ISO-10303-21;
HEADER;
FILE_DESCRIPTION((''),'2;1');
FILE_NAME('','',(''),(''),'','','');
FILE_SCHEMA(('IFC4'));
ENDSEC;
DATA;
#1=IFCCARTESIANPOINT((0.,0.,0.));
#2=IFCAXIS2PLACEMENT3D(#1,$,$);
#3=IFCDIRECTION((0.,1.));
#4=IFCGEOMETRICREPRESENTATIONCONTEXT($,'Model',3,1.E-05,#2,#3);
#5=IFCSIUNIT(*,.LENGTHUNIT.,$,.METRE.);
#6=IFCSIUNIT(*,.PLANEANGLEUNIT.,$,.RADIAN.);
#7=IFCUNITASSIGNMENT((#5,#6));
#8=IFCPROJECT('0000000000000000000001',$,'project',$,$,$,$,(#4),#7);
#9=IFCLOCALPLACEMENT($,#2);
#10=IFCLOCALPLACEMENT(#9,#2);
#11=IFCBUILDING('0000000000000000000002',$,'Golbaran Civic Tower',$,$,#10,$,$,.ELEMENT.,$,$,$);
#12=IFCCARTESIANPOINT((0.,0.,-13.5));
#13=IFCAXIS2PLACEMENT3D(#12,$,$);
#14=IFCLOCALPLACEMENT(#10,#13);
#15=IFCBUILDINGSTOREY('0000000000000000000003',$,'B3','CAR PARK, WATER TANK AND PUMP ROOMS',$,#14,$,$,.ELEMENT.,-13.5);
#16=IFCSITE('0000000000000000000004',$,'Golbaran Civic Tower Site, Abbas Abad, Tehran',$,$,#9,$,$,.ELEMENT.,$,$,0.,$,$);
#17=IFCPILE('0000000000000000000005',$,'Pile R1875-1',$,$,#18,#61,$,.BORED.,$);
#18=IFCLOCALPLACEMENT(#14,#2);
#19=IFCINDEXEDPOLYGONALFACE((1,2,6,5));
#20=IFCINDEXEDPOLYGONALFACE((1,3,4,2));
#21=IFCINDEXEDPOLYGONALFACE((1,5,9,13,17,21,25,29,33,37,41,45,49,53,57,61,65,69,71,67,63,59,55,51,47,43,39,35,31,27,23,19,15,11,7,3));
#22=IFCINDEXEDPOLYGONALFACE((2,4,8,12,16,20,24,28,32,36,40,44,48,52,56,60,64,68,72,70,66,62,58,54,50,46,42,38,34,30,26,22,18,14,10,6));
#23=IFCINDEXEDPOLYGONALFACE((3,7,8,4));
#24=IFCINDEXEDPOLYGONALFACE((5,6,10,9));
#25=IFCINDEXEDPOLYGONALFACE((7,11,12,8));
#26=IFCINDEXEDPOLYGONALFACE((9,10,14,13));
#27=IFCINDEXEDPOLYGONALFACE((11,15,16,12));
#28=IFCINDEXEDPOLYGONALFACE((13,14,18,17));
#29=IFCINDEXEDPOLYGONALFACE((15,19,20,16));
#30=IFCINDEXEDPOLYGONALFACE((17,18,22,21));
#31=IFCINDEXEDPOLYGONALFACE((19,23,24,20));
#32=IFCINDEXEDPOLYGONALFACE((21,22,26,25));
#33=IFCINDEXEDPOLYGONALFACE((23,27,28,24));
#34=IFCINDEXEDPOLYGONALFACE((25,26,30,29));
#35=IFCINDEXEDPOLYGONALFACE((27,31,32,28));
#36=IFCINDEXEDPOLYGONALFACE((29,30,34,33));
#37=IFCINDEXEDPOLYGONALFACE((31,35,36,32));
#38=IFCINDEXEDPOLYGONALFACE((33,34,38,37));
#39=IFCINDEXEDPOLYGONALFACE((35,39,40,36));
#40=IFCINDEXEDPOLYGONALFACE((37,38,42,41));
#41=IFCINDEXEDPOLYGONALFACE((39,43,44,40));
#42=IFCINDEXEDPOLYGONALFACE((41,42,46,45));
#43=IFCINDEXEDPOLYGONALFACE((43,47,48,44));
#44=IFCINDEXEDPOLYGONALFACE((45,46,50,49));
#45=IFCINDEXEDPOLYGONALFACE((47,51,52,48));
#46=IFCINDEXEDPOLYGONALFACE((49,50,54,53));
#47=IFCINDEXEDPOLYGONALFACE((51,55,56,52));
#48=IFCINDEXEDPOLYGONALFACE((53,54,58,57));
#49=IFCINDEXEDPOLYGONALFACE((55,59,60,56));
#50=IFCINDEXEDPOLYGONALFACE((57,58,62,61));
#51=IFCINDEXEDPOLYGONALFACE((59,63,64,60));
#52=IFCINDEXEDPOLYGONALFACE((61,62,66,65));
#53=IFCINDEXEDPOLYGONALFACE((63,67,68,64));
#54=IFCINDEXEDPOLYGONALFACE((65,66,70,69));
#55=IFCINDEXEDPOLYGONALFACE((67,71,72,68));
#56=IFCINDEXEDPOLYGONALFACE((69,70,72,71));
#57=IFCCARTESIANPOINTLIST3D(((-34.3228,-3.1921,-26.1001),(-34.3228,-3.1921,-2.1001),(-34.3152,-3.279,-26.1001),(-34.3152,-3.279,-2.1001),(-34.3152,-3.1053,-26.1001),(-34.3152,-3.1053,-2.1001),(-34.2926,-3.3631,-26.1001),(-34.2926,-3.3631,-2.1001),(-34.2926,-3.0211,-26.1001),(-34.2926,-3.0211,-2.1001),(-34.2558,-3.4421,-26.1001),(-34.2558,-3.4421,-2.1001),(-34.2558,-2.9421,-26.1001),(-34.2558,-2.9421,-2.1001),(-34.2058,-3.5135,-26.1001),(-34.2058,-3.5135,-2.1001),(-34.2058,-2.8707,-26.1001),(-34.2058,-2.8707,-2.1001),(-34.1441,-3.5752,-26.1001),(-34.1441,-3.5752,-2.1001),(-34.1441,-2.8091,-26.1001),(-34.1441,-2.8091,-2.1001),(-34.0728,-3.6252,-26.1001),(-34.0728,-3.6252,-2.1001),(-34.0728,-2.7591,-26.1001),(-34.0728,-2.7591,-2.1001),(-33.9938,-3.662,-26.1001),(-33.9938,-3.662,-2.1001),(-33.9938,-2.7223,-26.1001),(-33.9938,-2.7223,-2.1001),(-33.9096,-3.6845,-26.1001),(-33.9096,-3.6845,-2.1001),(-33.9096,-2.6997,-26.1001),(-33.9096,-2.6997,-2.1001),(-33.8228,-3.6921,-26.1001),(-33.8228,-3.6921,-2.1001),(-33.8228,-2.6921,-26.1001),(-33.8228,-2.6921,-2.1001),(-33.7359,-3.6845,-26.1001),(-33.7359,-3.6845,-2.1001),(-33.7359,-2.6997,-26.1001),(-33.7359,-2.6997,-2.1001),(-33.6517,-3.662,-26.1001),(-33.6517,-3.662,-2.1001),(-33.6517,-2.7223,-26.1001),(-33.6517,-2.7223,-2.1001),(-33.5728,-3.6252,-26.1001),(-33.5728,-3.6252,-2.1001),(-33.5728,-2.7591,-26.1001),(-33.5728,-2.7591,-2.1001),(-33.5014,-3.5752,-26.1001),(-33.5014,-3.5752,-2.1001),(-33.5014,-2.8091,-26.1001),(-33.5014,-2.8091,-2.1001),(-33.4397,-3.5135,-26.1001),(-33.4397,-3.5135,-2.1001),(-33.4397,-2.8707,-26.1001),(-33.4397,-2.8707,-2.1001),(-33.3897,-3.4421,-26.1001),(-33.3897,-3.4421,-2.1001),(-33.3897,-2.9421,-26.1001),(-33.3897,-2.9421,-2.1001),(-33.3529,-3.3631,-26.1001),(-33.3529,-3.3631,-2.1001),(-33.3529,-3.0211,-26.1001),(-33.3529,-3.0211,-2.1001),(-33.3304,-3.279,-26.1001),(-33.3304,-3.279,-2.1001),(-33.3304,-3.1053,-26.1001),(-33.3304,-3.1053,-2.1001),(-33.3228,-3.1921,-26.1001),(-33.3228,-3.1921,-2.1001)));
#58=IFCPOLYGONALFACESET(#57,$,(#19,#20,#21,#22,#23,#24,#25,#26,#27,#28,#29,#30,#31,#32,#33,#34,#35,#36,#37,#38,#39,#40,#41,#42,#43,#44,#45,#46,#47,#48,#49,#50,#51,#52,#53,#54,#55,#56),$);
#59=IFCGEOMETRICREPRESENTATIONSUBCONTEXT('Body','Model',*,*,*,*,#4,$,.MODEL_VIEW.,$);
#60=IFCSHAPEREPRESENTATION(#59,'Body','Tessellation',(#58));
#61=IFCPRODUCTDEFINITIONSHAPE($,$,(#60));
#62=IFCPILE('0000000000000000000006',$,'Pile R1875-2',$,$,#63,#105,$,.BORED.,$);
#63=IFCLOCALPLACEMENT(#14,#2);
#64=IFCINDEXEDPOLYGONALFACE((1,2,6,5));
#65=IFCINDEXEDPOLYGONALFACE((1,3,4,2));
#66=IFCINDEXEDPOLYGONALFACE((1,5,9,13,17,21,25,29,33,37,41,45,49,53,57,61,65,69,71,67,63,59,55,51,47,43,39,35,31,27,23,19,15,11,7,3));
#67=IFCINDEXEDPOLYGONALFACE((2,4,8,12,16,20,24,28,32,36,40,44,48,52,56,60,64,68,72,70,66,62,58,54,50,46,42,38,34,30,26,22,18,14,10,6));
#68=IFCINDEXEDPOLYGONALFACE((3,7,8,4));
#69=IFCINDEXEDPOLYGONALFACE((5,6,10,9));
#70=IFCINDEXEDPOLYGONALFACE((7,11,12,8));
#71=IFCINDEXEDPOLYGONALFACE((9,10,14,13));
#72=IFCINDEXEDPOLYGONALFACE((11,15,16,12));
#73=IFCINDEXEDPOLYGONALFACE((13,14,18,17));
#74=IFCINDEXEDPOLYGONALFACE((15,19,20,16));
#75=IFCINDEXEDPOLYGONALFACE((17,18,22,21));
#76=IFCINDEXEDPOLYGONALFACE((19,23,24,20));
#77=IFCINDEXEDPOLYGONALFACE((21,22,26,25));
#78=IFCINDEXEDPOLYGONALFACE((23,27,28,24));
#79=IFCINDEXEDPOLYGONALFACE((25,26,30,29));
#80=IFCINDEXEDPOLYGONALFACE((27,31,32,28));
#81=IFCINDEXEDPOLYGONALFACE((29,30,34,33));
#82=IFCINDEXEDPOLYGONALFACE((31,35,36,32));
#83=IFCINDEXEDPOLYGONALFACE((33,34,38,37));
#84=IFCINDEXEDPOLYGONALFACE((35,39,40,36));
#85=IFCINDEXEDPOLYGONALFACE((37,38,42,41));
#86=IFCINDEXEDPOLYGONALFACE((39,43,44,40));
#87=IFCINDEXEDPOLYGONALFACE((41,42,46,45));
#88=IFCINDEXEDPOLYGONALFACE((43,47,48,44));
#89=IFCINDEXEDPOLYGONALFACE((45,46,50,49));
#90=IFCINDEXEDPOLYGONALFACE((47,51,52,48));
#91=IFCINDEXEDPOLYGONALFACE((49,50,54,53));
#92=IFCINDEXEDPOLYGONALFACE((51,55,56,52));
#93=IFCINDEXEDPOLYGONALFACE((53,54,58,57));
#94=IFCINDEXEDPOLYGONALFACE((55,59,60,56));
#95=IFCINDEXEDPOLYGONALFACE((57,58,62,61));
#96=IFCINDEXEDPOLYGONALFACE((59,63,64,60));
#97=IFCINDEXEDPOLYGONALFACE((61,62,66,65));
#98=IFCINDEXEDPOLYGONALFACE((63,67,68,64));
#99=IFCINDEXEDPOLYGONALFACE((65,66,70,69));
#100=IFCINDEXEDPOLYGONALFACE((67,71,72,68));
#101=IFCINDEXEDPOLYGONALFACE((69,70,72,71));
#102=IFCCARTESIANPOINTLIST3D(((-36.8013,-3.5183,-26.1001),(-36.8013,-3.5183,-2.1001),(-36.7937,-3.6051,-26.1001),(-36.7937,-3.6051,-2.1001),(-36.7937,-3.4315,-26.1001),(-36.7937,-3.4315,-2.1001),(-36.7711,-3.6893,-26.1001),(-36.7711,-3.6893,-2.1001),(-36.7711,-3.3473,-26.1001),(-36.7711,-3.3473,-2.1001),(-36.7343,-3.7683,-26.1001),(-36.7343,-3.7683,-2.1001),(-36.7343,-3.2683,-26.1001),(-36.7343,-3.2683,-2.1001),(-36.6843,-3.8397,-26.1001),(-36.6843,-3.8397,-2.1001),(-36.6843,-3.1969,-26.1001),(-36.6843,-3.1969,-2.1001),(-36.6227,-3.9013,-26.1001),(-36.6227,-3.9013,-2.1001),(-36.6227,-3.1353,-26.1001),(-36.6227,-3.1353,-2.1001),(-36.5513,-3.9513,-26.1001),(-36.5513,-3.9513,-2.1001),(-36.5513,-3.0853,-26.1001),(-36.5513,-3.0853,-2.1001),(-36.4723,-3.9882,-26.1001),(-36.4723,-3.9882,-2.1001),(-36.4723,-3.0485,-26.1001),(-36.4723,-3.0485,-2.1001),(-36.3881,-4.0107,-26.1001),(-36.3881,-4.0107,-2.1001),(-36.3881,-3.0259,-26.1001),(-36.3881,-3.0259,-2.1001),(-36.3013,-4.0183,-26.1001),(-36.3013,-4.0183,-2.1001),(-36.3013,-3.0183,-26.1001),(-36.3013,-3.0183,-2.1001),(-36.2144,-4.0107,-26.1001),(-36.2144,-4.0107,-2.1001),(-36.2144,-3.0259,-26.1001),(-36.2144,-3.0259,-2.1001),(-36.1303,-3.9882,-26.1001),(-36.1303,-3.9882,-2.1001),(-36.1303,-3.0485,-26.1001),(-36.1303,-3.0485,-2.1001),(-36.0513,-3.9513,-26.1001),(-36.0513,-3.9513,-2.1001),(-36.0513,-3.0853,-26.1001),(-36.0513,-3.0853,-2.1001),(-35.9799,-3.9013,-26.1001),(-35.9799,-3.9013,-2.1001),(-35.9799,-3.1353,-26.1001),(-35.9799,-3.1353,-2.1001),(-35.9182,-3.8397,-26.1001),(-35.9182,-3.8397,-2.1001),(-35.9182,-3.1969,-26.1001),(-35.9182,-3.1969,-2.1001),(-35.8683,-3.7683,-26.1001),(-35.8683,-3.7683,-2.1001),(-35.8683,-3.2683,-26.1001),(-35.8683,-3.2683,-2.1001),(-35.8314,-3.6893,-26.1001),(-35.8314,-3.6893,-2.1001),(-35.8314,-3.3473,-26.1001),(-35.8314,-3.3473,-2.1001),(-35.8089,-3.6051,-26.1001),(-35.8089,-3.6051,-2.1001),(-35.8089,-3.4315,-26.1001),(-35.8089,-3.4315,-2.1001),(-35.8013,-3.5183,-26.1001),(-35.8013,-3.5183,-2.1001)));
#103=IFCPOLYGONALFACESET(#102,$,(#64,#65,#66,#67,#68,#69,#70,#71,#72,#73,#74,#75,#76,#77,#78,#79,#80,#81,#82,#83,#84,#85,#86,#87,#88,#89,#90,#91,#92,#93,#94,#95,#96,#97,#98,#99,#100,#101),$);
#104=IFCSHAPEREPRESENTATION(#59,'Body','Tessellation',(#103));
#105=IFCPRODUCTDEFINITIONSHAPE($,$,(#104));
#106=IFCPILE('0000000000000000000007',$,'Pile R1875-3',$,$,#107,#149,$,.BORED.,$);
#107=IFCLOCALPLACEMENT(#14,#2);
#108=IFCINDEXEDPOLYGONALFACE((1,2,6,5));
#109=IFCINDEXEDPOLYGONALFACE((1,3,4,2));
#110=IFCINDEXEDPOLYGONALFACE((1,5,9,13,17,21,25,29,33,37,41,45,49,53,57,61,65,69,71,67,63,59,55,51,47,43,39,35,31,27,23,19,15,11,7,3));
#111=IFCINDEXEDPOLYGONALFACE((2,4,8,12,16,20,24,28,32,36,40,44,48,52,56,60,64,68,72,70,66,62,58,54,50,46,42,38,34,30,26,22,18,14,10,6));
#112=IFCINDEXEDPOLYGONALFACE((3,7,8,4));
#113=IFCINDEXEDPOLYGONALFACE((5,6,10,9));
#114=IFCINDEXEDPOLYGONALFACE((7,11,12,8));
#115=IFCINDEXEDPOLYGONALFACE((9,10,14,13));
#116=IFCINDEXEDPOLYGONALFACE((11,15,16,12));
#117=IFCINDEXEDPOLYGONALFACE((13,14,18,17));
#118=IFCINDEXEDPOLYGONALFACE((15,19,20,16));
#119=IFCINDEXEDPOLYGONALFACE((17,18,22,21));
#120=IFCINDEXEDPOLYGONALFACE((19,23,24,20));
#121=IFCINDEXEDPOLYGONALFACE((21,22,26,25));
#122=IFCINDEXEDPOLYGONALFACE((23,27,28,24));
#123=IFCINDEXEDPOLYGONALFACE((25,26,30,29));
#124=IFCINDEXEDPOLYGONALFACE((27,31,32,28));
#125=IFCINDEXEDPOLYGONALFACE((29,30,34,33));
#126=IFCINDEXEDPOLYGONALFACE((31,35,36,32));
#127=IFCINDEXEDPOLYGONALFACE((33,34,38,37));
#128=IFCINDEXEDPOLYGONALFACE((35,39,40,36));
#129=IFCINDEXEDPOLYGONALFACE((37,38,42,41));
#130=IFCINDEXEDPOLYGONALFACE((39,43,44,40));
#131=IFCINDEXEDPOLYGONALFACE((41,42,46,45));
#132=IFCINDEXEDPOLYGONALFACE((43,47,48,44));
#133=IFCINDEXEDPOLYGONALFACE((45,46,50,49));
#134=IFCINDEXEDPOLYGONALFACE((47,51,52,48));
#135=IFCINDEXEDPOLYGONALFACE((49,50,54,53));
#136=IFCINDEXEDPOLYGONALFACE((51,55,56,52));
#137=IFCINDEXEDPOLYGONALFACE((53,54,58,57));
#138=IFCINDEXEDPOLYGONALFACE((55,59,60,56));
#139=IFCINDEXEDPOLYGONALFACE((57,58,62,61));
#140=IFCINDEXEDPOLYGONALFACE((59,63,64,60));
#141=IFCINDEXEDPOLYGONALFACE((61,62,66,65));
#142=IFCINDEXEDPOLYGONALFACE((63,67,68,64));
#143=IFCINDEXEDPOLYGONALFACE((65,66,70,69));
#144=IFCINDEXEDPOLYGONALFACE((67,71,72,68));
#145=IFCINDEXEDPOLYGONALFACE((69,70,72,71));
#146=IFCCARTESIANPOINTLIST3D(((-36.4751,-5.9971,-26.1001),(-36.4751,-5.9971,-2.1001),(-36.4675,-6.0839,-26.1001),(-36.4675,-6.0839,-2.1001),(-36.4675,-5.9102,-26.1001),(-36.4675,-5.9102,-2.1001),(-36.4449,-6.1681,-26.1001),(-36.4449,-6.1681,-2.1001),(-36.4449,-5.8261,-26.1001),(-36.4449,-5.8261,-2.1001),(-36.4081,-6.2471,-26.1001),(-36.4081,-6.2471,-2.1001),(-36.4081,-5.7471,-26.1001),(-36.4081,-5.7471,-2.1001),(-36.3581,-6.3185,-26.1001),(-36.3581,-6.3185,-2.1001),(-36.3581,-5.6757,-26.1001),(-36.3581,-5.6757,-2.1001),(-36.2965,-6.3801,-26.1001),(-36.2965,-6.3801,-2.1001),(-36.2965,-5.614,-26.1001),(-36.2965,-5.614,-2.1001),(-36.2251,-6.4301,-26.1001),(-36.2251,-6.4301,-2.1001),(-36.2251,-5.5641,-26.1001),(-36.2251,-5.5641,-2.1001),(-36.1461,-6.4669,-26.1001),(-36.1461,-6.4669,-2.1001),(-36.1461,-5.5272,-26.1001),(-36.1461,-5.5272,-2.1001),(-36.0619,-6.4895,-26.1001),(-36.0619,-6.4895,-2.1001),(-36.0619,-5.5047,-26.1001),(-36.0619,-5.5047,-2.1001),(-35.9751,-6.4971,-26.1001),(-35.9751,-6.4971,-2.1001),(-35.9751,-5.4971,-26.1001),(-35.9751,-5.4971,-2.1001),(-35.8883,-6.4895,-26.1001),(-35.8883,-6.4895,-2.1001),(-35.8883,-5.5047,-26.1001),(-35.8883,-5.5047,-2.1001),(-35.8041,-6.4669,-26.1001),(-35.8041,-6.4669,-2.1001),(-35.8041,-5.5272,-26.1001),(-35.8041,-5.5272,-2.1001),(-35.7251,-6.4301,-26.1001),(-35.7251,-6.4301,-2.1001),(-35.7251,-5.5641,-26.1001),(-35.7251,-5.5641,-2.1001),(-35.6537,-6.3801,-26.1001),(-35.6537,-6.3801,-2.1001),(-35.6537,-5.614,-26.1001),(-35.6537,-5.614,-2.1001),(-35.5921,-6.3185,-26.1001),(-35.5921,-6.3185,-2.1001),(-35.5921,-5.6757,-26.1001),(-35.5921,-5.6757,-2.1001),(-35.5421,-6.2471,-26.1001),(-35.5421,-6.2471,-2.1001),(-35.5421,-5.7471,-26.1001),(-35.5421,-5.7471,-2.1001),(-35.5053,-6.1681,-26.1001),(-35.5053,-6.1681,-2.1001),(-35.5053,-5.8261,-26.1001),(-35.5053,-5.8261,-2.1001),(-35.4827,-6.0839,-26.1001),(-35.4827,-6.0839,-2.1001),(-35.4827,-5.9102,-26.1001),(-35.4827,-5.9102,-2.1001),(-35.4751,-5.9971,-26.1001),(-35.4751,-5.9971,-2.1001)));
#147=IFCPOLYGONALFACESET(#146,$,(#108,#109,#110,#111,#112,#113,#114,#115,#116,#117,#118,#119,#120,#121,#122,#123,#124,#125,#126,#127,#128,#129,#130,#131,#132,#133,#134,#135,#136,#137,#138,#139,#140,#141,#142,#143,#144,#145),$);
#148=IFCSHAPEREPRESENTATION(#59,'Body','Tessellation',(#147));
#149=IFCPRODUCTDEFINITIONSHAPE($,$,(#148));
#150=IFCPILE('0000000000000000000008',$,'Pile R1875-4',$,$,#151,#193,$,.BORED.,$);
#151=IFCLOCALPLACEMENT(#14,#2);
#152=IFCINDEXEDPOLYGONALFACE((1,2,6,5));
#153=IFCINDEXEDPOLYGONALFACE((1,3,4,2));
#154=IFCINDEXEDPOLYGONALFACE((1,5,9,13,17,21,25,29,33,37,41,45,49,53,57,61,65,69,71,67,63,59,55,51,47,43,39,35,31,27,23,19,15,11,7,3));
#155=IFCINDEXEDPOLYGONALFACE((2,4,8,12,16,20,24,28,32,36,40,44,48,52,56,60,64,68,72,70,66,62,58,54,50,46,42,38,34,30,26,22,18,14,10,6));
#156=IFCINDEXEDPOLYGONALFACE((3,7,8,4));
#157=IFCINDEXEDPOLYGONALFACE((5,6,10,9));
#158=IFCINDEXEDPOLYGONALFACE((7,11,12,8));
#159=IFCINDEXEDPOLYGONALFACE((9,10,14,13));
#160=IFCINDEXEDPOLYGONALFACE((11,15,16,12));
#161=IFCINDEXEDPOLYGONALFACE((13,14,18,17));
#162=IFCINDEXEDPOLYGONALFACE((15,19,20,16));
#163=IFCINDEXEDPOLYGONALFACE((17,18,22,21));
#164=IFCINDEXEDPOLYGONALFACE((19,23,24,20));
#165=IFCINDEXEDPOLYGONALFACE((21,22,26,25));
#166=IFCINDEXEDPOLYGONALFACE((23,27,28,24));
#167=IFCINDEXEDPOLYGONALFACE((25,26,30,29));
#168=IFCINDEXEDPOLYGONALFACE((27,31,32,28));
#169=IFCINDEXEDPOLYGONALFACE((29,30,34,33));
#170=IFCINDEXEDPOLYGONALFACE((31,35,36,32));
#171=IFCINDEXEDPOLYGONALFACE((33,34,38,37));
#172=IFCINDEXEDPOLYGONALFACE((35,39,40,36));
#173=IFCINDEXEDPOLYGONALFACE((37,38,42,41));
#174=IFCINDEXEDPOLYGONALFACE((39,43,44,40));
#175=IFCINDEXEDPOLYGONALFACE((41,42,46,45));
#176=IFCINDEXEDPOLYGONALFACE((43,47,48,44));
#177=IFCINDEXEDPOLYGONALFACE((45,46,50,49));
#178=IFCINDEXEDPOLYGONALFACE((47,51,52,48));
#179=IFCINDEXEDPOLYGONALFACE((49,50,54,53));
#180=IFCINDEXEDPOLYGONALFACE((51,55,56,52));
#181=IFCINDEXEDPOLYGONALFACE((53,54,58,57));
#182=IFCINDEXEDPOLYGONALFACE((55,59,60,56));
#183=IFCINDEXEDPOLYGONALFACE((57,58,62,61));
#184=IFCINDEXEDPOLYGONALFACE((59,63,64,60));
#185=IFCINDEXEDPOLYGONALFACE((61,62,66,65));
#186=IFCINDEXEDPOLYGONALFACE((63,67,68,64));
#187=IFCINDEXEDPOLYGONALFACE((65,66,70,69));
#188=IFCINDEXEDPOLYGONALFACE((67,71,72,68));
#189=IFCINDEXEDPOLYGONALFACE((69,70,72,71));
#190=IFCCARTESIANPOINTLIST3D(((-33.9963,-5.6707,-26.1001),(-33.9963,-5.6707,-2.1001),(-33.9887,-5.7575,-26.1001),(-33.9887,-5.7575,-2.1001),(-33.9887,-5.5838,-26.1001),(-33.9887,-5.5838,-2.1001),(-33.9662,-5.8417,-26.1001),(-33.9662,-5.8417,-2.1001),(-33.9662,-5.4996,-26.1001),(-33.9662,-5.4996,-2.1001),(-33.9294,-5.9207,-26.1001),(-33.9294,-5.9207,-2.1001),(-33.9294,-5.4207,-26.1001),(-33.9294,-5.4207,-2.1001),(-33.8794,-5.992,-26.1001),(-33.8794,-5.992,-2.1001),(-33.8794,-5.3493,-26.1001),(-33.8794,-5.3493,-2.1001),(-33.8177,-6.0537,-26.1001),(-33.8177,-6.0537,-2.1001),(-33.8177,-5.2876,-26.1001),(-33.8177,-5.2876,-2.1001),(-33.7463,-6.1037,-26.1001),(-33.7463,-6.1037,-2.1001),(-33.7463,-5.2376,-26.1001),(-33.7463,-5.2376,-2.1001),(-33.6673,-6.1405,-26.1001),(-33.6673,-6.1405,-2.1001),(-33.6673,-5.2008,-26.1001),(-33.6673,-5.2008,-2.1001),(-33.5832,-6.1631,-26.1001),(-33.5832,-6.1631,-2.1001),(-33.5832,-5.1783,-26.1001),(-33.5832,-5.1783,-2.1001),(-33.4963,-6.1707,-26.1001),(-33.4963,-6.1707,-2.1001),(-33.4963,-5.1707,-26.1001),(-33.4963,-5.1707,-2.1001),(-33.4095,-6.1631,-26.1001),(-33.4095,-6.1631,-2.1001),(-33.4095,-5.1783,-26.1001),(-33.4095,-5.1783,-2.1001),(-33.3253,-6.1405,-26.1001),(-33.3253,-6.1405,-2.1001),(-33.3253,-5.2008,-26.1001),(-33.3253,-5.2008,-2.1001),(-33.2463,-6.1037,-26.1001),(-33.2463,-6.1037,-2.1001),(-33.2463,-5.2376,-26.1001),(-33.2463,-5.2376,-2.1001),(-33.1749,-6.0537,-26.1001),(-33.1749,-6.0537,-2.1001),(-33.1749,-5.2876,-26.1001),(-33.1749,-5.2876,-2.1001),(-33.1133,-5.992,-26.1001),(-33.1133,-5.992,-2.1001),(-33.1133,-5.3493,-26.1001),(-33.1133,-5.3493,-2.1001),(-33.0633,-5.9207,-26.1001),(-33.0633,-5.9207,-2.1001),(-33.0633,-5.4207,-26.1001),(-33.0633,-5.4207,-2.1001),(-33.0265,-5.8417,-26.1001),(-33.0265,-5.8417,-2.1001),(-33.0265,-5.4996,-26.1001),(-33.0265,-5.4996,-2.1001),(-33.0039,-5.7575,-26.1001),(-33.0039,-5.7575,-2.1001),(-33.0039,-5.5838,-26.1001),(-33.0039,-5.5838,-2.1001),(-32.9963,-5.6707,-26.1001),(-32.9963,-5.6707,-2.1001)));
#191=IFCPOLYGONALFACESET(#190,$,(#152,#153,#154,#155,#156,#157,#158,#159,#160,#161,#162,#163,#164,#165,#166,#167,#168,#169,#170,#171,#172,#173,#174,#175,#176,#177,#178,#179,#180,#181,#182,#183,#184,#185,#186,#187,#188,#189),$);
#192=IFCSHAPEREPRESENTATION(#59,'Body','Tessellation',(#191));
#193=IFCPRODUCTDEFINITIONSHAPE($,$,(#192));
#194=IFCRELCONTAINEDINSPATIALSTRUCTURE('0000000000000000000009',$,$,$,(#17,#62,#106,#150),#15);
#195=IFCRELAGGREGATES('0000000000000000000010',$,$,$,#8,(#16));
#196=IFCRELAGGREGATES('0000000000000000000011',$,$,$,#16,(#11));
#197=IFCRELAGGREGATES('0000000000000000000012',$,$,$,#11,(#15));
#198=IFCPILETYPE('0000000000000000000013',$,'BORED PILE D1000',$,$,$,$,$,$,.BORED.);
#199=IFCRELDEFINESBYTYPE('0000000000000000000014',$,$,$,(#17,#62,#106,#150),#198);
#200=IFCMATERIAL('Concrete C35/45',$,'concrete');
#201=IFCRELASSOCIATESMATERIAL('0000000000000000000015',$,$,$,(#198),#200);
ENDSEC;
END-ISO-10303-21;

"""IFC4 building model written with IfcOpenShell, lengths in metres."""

from ifc_helpers import new_model, si_unit, direction, frame, origin, origin_2d, place, context, subcontext, project, spatial, circle, extrude, material, material_profile, profile_set, type_object, element, save


model = new_model("IFC4")

# Units and contexts
model_context = context("Model", 3, precision=1e-05, world=origin(), true_north=direction((0.0, 1.0)))
body_context = subcontext(model_context, "Body", "Model", "MODEL_VIEW")
ifc_project = project(units=[si_unit("LENGTHUNIT", "METRE"), si_unit("PLANEANGLEUNIT", "RADIAN")], contexts=[model_context])

# Site, building, storey
site_placement = place(None, origin())
site = spatial("IfcSite", under=ifc_project, at=site_placement, Name="Golbaran Civic Tower Site, Abbas Abad, Tehran", CompositionType="ELEMENT", RefElevation=0.0)
building_placement = place(site_placement, origin())
building = spatial("IfcBuilding", under=site, at=building_placement, Name="Golbaran Civic Tower", CompositionType="ELEMENT")
storey_placement = place(building_placement, frame((0.0, 0.0, -13.5)))
storey = spatial("IfcBuildingStorey", under=building, at=storey_placement, Name="B3", Description="CAR PARK, WATER TANK AND PUMP ROOMS", CompositionType="ELEMENT", Elevation=-13.5)

# Piles
ifc_material_1 = material(Name="Concrete C35/45", Category="concrete")
ifc_material_profile_1 = material_profile(ifc_material_1, circle(Radius=0.5, at=origin_2d()), Name="BORED PILE D1000")
ifc_profile_set_1 = profile_set([ifc_material_profile_1], Name="Concrete C35/45")
pile_type_1 = type_object("IfcPileType", Name="BORED PILE D1000", PredefinedType="BORED", material=ifc_profile_set_1)
for number, where, z_axis, x_axis, name in (
    (1, (-33.8228, -3.1921, -2.1001), (0.0, 0.0, -1.0), (1.0, 0.0, 0.0), "Pile R1875-1"),
    (2, (-36.3013, -3.5183, -2.1001), (0.0, 0.0, -1.0), (1.0, 0.0, 0.0), "Pile R1875-2"),
    (3, (-35.9751, -5.9971, -2.1001), (0.0, 0.0, -1.0), (1.0, 0.0, 0.0), "Pile R1875-3"),
    (4, (-33.4963, -5.6707, -2.1001), (0.0, 0.0, -1.0), (1.0, 0.0, 0.0), "Pile R1875-4"),
):
    element("IfcPile", number, at=place(storey_placement, frame(where, z_axis=z_axis, x_axis=x_axis)), inside=storey, type_object=pile_type_1, Name=name, PredefinedType="BORED", context=body_context, shape_type="SweptSolid", body=[
        extrude(circle(Radius=0.5, at=origin_2d()), origin(), (0.0, 0.0, 1.0), 24.0),
    ])

save(model, "model.ifc")
